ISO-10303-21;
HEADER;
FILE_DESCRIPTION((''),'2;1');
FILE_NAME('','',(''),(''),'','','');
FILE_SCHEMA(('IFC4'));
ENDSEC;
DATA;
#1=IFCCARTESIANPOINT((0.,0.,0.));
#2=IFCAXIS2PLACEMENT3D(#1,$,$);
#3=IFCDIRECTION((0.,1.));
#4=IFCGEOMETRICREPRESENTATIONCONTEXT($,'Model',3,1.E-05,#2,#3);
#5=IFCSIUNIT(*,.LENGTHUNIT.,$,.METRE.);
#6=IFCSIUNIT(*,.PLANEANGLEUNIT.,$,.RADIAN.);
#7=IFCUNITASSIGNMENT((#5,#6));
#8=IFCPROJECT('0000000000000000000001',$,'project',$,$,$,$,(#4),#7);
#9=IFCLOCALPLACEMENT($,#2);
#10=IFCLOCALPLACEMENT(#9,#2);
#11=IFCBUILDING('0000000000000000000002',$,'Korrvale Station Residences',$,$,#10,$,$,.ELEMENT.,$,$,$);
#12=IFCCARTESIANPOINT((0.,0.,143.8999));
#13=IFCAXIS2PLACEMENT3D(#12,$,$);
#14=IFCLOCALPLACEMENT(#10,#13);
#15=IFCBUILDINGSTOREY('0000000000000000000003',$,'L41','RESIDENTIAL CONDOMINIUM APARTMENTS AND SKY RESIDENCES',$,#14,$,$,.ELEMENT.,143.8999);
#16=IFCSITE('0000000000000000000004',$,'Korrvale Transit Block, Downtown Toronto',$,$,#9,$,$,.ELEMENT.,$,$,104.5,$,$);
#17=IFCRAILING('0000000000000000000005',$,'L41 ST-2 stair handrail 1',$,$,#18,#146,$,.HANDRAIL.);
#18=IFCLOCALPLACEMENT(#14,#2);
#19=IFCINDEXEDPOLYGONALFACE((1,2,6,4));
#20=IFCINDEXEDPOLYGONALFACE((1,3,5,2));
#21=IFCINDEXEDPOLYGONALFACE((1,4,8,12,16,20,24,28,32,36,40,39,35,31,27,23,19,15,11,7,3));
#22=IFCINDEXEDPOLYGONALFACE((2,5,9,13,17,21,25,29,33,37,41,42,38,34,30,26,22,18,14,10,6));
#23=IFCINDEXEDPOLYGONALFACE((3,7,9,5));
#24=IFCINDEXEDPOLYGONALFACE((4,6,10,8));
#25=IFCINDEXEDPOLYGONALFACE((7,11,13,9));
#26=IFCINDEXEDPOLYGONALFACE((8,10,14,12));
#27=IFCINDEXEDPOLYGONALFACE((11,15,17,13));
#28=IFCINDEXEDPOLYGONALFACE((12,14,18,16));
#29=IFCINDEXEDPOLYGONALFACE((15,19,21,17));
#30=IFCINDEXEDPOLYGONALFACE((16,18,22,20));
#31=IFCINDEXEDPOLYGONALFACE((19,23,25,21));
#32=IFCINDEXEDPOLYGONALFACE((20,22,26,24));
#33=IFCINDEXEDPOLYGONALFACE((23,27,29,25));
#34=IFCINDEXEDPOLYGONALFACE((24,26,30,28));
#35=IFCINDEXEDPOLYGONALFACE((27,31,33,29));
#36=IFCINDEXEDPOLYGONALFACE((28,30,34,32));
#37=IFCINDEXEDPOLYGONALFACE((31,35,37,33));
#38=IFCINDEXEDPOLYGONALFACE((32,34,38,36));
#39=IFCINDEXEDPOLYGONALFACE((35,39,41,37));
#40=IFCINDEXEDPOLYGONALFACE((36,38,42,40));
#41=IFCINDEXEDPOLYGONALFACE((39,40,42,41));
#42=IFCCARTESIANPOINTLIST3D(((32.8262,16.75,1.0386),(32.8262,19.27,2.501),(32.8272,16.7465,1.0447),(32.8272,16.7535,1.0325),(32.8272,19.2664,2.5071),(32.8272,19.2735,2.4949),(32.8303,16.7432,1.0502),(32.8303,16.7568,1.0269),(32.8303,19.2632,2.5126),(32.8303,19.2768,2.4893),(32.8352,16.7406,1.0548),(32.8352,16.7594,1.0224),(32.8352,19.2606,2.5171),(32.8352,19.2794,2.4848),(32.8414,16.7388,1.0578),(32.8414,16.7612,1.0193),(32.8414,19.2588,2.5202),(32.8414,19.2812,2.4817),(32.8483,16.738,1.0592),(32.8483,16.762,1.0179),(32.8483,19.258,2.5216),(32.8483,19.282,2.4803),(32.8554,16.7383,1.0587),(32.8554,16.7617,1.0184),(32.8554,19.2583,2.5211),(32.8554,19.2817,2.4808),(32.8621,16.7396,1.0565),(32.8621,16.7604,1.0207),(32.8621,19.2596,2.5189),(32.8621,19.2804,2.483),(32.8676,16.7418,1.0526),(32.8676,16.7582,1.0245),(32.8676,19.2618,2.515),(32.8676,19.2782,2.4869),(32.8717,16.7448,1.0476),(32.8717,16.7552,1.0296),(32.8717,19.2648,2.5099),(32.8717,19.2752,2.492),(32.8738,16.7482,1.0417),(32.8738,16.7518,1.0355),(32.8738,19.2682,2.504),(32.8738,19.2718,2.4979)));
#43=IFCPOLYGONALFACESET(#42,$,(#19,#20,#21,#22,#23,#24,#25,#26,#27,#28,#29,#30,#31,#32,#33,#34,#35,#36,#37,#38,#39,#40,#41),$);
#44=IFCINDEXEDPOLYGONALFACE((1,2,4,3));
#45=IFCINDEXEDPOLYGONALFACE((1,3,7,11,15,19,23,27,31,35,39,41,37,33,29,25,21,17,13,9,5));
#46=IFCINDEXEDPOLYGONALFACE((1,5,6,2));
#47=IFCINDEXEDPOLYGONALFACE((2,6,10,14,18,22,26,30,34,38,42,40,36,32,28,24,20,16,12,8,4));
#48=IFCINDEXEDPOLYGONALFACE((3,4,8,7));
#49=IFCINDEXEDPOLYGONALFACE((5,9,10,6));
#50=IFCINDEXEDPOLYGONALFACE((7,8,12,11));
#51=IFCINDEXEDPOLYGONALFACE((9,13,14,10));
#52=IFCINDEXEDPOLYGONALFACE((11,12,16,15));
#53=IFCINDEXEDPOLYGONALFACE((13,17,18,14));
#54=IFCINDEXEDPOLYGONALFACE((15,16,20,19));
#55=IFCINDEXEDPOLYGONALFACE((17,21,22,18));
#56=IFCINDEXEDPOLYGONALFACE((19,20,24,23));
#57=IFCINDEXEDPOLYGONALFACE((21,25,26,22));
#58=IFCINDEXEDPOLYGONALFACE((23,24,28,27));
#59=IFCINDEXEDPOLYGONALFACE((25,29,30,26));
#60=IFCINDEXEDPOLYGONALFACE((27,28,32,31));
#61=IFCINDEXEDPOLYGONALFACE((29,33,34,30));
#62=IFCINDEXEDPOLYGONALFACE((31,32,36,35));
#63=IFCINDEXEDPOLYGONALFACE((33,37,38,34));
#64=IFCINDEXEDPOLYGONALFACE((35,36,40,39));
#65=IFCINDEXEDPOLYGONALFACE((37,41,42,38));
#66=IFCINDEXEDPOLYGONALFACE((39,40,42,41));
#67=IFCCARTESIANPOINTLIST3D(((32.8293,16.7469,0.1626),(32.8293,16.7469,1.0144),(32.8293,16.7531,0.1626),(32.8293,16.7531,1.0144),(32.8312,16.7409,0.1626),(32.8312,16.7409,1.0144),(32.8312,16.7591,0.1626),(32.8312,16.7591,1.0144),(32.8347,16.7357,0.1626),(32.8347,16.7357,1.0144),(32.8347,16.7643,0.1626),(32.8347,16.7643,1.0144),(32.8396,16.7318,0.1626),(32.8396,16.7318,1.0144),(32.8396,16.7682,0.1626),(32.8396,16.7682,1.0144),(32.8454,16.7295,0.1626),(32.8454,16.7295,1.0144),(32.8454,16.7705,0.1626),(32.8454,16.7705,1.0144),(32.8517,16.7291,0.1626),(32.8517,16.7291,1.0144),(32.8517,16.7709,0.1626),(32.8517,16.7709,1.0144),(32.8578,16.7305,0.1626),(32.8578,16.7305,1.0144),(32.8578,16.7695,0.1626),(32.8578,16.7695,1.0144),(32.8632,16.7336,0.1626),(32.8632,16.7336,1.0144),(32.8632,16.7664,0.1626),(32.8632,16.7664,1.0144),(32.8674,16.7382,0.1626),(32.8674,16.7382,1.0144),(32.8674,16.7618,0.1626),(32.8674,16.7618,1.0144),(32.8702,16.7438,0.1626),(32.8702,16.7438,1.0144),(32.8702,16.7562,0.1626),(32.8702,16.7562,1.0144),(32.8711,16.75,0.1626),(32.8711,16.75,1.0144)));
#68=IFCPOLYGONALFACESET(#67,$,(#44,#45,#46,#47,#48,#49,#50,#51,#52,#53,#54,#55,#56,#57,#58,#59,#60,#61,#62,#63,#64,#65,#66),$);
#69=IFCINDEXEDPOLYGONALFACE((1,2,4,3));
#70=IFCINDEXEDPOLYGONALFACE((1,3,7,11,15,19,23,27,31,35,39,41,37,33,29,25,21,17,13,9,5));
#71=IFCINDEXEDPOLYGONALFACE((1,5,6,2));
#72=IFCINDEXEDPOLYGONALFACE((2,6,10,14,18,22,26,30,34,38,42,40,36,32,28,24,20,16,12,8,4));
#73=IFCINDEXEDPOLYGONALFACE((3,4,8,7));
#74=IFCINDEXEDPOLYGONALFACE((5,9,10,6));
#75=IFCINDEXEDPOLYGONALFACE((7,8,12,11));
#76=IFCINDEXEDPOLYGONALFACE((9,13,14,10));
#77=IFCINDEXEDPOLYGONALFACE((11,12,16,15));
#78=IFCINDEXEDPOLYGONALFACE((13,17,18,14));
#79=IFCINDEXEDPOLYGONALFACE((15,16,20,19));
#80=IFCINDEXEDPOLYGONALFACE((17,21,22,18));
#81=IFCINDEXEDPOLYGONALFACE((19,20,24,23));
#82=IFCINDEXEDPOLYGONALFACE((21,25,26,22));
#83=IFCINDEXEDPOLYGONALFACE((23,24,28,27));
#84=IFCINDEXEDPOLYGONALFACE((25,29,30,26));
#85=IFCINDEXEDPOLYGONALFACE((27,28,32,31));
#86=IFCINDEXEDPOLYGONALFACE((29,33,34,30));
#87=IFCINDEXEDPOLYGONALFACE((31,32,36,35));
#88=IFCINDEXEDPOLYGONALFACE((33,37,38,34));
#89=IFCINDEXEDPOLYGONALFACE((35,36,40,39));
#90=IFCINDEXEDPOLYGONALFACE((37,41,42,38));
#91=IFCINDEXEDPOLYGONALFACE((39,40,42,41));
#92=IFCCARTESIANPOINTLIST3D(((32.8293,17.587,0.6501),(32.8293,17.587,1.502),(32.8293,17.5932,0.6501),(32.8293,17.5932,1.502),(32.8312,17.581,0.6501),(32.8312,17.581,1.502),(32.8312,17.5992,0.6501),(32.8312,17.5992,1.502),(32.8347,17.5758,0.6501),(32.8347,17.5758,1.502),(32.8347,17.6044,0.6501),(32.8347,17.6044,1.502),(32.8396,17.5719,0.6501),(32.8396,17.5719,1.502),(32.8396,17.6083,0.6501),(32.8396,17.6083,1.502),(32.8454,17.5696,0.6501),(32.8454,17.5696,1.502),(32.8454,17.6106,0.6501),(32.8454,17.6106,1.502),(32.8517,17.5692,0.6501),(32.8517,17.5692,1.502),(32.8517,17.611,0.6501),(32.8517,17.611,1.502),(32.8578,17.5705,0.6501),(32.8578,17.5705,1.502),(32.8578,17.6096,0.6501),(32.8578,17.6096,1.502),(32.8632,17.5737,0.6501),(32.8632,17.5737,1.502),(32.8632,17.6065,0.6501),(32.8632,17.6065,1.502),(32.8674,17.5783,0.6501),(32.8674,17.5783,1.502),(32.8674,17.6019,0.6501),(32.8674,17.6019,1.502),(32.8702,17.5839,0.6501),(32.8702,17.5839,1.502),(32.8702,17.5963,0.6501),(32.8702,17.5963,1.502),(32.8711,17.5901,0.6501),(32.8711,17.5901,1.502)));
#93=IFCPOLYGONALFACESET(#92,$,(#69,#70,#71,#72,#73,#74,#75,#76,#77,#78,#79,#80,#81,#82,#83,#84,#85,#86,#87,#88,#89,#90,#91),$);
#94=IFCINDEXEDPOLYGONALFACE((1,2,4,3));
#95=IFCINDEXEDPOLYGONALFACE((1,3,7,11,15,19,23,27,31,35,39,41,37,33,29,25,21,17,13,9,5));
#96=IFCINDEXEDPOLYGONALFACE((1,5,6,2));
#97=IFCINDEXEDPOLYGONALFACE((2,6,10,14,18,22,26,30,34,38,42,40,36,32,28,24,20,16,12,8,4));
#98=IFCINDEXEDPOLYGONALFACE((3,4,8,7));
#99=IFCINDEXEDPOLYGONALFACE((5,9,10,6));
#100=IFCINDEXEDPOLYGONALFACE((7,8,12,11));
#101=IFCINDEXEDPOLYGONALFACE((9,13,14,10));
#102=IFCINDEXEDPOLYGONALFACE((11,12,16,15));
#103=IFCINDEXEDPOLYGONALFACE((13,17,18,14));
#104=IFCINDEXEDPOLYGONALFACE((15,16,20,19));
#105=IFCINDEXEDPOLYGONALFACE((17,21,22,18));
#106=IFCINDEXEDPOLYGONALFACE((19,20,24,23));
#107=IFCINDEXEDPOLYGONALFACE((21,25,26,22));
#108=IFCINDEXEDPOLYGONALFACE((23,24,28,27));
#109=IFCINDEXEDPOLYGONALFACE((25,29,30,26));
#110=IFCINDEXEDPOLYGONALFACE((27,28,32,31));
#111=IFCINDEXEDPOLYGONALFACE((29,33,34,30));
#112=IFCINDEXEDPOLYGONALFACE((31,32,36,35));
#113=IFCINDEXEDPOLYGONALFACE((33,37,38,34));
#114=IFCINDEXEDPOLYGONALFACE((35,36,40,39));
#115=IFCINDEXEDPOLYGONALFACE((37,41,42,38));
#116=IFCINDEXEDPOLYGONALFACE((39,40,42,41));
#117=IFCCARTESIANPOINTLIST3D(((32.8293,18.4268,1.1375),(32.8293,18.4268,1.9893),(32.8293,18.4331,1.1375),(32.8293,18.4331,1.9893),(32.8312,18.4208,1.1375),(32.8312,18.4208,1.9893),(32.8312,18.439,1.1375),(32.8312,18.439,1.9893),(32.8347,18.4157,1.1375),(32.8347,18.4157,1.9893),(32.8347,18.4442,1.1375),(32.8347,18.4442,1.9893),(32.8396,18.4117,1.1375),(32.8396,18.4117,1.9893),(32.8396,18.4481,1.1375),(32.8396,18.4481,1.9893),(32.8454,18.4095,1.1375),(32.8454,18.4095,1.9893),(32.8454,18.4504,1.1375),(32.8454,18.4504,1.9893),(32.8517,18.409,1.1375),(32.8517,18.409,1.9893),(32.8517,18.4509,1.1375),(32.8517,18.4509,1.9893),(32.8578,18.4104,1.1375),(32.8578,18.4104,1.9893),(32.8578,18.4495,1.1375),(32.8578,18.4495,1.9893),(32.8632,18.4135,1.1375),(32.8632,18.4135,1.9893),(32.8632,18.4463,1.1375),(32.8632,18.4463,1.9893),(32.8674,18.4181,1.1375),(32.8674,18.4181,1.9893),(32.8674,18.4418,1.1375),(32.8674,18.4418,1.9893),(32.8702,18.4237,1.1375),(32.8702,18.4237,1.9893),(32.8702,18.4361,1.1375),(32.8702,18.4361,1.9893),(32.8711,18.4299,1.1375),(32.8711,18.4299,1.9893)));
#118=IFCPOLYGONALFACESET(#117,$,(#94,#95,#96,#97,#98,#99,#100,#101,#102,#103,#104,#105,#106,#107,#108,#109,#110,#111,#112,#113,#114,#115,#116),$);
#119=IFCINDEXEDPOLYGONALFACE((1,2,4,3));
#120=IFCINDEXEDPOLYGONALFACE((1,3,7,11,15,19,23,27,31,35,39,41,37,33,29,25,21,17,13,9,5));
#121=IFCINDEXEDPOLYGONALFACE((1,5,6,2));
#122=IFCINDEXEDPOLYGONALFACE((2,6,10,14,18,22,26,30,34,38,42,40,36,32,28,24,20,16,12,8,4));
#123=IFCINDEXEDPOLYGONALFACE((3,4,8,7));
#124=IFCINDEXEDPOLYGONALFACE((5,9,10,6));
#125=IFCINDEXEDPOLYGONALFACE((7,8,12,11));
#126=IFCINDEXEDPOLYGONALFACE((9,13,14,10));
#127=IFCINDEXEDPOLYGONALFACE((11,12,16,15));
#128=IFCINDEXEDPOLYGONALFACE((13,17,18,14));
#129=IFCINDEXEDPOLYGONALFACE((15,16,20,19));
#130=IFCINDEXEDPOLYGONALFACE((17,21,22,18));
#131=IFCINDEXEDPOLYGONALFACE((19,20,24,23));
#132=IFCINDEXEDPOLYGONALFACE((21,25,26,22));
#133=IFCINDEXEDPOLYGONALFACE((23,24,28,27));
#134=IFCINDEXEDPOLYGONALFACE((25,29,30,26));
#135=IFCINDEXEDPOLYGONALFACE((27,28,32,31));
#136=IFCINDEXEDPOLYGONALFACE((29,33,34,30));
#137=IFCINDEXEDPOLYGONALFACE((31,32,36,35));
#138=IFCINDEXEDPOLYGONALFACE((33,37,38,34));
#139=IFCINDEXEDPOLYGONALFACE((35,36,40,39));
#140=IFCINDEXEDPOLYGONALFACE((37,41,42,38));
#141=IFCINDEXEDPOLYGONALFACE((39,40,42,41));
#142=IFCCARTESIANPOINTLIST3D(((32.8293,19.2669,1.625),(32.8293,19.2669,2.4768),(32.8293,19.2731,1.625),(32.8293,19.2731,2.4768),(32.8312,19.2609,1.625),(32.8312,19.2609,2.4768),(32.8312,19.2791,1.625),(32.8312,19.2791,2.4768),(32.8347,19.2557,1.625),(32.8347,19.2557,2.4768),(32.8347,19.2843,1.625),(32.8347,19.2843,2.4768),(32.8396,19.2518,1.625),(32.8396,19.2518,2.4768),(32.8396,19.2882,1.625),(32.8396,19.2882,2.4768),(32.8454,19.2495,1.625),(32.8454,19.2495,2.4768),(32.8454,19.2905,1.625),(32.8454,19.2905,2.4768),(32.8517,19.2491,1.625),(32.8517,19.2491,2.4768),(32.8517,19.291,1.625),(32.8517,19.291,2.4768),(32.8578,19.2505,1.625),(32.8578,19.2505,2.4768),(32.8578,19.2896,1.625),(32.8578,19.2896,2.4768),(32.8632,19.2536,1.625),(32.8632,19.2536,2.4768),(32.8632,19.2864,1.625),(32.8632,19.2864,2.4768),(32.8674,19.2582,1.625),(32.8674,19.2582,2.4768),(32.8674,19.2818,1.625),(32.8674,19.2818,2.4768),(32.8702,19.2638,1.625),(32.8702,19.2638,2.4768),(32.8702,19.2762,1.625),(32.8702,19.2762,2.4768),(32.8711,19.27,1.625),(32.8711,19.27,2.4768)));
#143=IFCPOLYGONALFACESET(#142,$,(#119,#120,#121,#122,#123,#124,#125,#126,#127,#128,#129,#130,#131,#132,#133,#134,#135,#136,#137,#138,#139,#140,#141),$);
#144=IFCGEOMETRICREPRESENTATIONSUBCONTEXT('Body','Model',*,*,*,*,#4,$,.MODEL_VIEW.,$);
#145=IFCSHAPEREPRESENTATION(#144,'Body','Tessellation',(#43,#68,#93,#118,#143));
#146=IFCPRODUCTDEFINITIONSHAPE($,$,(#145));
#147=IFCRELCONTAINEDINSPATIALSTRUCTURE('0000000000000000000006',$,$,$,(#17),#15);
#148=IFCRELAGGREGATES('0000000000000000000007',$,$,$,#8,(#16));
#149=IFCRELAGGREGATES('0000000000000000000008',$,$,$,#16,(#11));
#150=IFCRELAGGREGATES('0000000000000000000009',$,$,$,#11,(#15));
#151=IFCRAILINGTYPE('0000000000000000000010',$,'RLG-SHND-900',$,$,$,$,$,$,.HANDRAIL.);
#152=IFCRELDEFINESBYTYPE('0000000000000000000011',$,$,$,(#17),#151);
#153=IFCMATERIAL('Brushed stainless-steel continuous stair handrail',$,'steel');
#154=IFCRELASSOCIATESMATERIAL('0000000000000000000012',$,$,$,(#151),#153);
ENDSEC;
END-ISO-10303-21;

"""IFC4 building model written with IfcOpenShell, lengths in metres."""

from ifc_helpers import new_model, si_unit, direction, frame, origin, origin_2d, place, context, subcontext, project, spatial, circle, extrude, material, type_object, element, save


model = new_model("IFC4")

# Units and contexts
model_context = context("Model", 3, precision=1e-05, world=origin(), true_north=direction((0.0, 1.0)))
body_context = subcontext(model_context, "Body", "Model", "MODEL_VIEW")
ifc_project = project(units=[si_unit("LENGTHUNIT", "METRE"), si_unit("PLANEANGLEUNIT", "RADIAN")], contexts=[model_context])

# Site, building, storey
site_placement = place(None, origin())
site = spatial("IfcSite", under=ifc_project, at=site_placement, Name="Korrvale Transit Block, Downtown Toronto", CompositionType="ELEMENT", RefElevation=104.5)
building_placement = place(site_placement, origin())
building = spatial("IfcBuilding", under=site, at=building_placement, Name="Korrvale Station Residences", CompositionType="ELEMENT")
storey_placement = place(building_placement, frame((0.0, 0.0, 143.8999)))
storey = spatial("IfcBuildingStorey", under=building, at=storey_placement, Name="L41", Description="RESIDENTIAL CONDOMINIUM APARTMENTS AND SKY RESIDENCES", CompositionType="ELEMENT", Elevation=143.8999)

# Railing
ifc_material_1 = material(Name="Brushed stainless-steel continuous stair handrail", Category="steel")
railing_type_1 = type_object("IfcRailingType", Name="RLG-SHND-900", PredefinedType="HANDRAIL", material=ifc_material_1)
railing_1_placement = place(storey_placement, frame((32.8501, 16.75, 0.1626)))
element("IfcRailing", 1, at=railing_1_placement, inside=storey, type_object=railing_type_1, Name="L41 ST-2 stair handrail 1", PredefinedType="HANDRAIL", context=body_context, shape_type="SweptSolid", body=[
    extrude(circle(Radius=0.0239, at=origin_2d()), frame((0.0, 0.0, 0.876), z_axis=(0.0, 0.864913, 0.501921), x_axis=(-1.0, 0.0, 0.0)), (0.0, 0.0, 1.0), 2.9136),
    extrude(circle(Radius=0.021, at=origin_2d()), origin(), (0.0, 0.0, 1.0), 0.8518),
    extrude(circle(Radius=0.021, at=origin_2d()), frame((0.0, 0.8401, 0.4875)), (0.0, 0.0, 1.0), 0.8518),
    extrude(circle(Radius=0.021, at=origin_2d()), frame((0.0, 1.6799, 0.9749)), (0.0, 0.0, 1.0), 0.8518),
    extrude(circle(Radius=0.021, at=origin_2d()), frame((0.0, 2.52, 1.4624)), (0.0, 0.0, 1.0), 0.8518),
])

save(model, "model.ifc")
